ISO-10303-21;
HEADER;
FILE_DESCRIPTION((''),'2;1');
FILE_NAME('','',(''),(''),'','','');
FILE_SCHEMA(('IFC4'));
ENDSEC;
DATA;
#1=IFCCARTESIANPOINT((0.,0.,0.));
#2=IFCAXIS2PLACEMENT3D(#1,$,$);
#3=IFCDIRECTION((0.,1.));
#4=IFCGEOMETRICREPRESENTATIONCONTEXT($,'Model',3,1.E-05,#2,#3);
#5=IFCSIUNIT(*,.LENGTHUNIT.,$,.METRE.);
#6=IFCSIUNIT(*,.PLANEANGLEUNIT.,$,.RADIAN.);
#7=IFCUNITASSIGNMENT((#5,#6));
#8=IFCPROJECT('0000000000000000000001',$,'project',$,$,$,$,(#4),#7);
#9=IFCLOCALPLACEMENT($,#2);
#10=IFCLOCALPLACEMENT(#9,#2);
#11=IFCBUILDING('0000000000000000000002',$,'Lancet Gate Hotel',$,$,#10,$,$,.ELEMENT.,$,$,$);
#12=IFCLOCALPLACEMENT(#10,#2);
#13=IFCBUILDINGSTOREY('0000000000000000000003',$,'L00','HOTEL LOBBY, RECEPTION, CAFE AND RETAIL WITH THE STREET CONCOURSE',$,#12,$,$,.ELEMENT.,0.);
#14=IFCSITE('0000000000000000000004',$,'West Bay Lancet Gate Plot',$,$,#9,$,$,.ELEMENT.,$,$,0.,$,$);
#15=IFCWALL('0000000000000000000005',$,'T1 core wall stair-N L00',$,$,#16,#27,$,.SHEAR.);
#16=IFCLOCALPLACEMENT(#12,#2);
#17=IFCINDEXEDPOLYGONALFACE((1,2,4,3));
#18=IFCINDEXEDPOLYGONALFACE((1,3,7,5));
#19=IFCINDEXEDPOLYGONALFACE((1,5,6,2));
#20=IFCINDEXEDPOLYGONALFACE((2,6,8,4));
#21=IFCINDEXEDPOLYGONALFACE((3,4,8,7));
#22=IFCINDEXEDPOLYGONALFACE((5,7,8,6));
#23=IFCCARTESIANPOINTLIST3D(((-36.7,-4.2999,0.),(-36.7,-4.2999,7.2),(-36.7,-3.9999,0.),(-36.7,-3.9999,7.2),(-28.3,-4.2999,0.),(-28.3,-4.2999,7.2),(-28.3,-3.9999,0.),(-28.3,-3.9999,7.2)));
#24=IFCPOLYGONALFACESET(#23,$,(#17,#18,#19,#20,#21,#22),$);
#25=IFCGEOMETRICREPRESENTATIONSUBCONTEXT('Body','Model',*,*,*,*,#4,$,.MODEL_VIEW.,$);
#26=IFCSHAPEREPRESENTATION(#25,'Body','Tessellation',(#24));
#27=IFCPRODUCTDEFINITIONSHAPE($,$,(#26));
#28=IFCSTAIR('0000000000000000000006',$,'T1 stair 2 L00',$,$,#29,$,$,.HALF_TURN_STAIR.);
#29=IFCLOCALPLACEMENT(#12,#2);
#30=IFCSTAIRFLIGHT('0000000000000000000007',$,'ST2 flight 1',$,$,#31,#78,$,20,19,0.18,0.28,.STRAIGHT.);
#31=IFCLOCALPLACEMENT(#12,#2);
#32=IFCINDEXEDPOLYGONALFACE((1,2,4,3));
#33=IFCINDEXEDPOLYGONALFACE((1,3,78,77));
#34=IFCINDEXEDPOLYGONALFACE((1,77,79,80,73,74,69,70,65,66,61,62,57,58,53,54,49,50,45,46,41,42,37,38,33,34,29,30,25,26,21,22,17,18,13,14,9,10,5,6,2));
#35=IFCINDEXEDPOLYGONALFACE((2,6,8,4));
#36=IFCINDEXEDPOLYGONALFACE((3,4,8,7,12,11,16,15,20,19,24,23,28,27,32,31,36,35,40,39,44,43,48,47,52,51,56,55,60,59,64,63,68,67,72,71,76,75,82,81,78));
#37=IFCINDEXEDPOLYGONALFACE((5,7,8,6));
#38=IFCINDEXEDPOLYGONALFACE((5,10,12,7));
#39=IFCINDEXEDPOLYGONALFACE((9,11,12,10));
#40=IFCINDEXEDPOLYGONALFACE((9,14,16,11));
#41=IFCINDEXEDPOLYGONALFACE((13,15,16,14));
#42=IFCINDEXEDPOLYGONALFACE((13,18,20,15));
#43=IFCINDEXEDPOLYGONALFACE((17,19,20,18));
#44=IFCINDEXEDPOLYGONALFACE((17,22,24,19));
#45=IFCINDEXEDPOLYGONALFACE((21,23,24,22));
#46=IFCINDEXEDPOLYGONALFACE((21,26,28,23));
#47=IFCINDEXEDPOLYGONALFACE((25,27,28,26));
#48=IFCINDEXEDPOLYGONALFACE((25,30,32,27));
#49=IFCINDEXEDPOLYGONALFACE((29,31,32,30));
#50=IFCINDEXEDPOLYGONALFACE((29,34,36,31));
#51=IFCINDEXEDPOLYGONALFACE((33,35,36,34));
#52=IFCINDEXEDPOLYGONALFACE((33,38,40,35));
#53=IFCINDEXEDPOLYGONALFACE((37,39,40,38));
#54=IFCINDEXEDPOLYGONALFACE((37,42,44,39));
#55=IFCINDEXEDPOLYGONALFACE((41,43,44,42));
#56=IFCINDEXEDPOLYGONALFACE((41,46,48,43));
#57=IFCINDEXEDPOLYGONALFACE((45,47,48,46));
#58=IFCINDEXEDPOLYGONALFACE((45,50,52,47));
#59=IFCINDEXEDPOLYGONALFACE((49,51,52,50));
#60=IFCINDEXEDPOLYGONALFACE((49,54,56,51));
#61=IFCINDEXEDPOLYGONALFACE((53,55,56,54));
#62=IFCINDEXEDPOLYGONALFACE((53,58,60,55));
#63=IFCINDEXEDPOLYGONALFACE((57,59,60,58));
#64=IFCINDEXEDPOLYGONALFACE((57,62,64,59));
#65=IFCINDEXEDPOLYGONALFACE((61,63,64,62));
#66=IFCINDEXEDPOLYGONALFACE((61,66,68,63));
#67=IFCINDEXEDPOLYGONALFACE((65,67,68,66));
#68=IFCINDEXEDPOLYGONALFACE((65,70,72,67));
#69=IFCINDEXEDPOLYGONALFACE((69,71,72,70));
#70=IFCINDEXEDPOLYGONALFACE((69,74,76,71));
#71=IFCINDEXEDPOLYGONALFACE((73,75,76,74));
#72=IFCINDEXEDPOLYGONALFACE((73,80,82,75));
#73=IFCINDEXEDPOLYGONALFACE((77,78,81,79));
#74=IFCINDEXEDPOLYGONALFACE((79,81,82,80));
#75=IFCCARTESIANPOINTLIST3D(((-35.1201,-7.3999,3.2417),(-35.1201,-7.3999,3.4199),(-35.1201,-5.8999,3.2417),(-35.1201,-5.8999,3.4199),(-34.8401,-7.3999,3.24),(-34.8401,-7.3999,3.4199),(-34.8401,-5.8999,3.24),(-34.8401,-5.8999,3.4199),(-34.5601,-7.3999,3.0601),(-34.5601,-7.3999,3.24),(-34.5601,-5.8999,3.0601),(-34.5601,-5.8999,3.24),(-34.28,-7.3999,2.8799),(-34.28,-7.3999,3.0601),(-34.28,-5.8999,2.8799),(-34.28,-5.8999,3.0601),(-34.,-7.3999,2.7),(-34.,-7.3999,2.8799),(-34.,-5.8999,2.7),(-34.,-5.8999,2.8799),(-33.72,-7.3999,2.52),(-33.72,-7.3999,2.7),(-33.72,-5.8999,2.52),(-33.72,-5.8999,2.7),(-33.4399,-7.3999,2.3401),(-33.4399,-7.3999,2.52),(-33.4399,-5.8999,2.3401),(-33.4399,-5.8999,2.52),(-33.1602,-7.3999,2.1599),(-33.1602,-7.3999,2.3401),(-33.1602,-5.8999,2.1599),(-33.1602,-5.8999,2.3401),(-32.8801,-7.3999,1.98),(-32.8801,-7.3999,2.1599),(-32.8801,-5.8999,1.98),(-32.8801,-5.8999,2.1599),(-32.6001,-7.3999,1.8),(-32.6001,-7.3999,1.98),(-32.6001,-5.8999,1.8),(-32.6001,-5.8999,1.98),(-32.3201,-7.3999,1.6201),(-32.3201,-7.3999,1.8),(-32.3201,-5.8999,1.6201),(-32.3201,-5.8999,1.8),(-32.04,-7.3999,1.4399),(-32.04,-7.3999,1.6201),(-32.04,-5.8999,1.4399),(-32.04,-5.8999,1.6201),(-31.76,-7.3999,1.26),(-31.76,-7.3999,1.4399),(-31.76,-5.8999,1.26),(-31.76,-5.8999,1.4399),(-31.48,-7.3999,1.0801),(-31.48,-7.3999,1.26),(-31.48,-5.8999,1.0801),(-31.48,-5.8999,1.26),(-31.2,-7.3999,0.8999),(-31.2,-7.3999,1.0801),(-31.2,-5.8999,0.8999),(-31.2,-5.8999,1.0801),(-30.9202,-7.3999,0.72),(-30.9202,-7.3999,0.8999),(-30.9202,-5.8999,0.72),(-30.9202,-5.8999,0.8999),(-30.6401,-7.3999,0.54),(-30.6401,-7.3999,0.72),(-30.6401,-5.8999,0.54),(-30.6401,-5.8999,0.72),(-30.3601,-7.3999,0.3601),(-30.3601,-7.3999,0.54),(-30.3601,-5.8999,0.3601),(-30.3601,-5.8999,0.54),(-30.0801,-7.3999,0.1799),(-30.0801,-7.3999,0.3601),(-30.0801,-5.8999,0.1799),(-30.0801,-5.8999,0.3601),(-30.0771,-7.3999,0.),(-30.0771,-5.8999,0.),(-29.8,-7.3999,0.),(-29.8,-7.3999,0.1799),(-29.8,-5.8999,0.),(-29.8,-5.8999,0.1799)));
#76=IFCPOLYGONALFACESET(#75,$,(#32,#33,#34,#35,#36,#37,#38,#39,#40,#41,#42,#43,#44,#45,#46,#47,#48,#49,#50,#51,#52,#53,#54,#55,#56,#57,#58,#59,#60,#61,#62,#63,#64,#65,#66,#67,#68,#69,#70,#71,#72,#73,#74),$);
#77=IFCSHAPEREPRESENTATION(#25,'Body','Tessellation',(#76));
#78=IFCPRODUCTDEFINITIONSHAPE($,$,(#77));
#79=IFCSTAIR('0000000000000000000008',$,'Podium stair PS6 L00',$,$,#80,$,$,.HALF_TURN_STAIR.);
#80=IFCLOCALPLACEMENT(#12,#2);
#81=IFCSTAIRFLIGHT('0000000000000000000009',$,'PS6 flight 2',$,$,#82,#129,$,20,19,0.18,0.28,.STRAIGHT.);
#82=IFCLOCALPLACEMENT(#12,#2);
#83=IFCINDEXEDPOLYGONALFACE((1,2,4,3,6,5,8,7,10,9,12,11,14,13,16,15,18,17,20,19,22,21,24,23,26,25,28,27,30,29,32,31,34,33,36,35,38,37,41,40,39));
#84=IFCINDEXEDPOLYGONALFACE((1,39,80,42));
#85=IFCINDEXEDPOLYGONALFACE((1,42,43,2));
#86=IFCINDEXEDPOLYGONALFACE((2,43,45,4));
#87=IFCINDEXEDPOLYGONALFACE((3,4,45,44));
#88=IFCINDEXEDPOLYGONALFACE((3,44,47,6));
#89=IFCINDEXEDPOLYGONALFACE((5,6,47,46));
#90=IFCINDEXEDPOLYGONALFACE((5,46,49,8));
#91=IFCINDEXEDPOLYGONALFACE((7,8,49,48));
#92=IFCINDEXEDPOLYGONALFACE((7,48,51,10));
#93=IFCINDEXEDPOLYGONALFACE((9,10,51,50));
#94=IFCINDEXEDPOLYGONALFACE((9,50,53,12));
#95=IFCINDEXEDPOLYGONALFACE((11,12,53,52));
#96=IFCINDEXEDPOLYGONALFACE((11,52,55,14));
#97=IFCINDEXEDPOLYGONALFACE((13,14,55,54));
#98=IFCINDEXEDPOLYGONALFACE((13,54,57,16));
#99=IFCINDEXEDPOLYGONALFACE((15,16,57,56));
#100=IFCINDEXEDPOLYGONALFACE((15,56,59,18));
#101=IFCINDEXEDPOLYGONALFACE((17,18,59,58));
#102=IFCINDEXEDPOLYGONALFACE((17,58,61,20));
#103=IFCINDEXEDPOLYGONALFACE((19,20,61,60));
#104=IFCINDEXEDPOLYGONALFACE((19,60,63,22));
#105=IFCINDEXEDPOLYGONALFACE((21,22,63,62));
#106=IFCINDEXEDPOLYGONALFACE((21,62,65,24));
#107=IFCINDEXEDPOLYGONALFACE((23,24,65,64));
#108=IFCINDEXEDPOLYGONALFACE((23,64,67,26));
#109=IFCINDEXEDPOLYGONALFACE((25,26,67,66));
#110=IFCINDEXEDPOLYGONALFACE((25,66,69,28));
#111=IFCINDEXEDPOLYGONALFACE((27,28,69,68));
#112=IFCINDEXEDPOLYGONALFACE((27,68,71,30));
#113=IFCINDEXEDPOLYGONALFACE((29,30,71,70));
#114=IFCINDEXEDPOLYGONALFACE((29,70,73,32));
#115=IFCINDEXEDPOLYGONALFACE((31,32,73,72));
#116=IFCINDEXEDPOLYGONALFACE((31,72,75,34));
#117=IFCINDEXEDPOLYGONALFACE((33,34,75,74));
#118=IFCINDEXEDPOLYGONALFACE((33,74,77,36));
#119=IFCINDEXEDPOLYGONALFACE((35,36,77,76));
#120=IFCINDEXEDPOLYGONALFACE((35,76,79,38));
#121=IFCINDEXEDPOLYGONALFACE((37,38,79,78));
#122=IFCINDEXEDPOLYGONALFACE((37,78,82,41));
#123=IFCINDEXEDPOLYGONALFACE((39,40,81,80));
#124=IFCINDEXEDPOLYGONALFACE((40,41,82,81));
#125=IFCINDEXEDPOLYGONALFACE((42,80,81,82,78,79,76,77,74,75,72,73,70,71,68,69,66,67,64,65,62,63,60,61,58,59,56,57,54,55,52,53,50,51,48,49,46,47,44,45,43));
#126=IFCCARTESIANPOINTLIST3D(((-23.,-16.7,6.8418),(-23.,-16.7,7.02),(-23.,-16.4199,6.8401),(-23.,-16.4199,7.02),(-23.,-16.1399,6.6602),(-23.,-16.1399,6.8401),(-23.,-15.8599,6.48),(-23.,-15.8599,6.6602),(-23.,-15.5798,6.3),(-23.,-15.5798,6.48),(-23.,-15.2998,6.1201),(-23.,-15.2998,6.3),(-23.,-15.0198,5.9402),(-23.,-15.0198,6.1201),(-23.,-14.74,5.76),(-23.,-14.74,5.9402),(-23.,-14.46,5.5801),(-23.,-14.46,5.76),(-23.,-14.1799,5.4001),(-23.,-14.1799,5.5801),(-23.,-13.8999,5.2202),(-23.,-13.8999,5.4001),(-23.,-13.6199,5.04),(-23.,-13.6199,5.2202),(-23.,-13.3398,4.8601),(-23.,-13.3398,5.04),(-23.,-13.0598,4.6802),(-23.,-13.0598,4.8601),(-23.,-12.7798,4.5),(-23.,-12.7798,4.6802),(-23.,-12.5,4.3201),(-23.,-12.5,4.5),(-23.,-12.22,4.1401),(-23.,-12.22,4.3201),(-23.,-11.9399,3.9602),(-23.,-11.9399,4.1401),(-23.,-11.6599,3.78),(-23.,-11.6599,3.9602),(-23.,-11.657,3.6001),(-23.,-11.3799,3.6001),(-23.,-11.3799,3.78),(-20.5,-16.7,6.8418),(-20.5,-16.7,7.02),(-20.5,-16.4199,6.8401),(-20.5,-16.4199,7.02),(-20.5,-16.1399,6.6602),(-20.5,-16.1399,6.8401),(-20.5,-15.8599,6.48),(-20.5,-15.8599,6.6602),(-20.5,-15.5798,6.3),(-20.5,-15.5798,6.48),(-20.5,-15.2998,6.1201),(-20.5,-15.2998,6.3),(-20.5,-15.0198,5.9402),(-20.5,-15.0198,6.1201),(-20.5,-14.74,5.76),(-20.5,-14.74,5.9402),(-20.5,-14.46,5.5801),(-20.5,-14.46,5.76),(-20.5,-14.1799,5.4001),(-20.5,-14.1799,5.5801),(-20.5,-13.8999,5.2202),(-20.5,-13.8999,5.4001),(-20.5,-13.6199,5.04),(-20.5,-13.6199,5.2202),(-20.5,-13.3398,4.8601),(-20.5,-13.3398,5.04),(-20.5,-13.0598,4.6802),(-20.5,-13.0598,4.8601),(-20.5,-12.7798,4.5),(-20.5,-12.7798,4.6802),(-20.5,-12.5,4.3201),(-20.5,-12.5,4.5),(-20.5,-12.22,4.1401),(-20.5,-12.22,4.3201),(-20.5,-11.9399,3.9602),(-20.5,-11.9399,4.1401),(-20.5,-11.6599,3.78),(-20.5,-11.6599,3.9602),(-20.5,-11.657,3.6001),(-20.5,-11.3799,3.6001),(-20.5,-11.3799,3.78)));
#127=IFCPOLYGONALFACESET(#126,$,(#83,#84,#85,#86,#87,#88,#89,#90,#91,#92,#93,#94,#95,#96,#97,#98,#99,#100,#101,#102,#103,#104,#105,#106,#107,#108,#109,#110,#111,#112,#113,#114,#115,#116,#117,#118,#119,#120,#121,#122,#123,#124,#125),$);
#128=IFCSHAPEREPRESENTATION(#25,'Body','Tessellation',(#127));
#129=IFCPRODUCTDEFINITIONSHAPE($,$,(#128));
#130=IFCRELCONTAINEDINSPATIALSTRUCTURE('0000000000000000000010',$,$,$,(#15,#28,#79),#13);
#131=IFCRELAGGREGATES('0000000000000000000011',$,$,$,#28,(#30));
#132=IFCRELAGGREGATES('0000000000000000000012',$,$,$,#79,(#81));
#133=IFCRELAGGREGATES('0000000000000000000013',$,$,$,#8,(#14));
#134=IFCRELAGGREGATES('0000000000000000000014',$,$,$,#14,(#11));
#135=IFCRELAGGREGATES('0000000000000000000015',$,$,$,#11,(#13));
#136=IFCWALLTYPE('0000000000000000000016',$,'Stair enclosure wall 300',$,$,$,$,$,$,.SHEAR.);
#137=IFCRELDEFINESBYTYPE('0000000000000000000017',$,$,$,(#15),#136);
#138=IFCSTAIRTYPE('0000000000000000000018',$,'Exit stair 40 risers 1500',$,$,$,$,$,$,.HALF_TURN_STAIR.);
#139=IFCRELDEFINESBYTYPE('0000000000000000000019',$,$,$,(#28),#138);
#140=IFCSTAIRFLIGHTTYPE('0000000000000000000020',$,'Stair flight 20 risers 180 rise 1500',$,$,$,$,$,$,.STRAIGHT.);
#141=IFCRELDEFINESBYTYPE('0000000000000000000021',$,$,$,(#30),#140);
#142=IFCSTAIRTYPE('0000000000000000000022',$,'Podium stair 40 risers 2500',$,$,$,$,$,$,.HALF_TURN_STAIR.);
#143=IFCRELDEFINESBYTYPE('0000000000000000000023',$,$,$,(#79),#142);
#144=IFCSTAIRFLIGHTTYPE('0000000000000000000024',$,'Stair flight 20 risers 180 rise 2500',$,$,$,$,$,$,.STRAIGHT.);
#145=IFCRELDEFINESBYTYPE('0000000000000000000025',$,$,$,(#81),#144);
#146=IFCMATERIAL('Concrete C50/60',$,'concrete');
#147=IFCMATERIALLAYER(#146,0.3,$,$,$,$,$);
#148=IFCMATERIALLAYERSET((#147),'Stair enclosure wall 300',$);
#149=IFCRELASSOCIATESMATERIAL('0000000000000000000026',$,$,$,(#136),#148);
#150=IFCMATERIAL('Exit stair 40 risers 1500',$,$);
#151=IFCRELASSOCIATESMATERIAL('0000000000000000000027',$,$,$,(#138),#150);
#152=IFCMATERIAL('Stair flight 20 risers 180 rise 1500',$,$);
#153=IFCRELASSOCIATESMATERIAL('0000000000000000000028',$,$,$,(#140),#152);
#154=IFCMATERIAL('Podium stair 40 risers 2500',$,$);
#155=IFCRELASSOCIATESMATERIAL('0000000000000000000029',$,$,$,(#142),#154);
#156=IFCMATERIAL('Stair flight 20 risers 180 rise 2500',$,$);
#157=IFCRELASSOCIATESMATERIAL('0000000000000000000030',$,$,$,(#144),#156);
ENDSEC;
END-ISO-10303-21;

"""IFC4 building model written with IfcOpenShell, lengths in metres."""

from ifc_helpers import new_model, si_unit, direction, frame, frame_2d, origin, place, context, subcontext, project, spatial, polyline, rectangle, outline, extrude, material, layer, layer_set, type_object, element, aggregate, save


model = new_model("IFC4")

# Units and contexts
model_context = context("Model", 3, precision=1e-05, world=origin(), true_north=direction((0.0, 1.0)))
body_context = subcontext(model_context, "Body", "Model", "MODEL_VIEW")
ifc_project = project(units=[si_unit("LENGTHUNIT", "METRE"), si_unit("PLANEANGLEUNIT", "RADIAN")], contexts=[model_context])

# Site, building, storey
site_placement = place(None, origin())
site = spatial("IfcSite", under=ifc_project, at=site_placement, Name="West Bay Lancet Gate Plot", CompositionType="ELEMENT", RefElevation=0.0)
building_placement = place(site_placement, origin())
building = spatial("IfcBuilding", under=site, at=building_placement, Name="Lancet Gate Hotel", CompositionType="ELEMENT")
storey_placement = place(building_placement, origin())
storey = spatial("IfcBuildingStorey", under=building, at=storey_placement, Name="L00", Description="HOTEL LOBBY, RECEPTION, CAFE AND RETAIL WITH THE STREET CONCOURSE", CompositionType="ELEMENT", Elevation=0.0)

# Wall
ifc_material_1 = material(Name="Concrete C50/60", Category="concrete")
ifc_layer_1 = layer(ifc_material_1, 0.3)
ifc_layer_set_1 = layer_set([ifc_layer_1], Name="Stair enclosure wall 300")
wall_type_1 = type_object("IfcWallType", Name="Stair enclosure wall 300", PredefinedType="SHEAR", material=ifc_layer_set_1)
wall_1_placement = place(storey_placement, frame((-28.3, -4.1499, 0.0), z_axis=(0.0, 0.0, 1.0), x_axis=(-1.0, 0.0, 0.0)))
element("IfcWall", 1, at=wall_1_placement, inside=storey, type_object=wall_type_1, Name="T1 core wall stair-N L00", PredefinedType="SHEAR", context=body_context, shape_type="SweptSolid", body=[
    extrude(rectangle(XDim=8.3999, YDim=0.3, at=frame_2d((4.2, 0.0))), origin(), (0.0, 0.0, 1.0), 7.2),
])

# Stairs, stair flights
ifc_material_2 = material(Name="Exit stair 40 risers 1500")
stair_type_1 = type_object("IfcStairType", Name="Exit stair 40 risers 1500", PredefinedType="HALF_TURN_STAIR", material=ifc_material_2)
stair_1_placement = place(storey_placement, origin())
stair_1 = element("IfcStair", 2, at=stair_1_placement, inside=storey, type_object=stair_type_1, Name="T1 stair 2 L00", PredefinedType="HALF_TURN_STAIR")
ifc_material_3 = material(Name="Stair flight 20 risers 180 rise 1500")
stair_flight_type_1 = type_object("IfcStairFlightType", Name="Stair flight 20 risers 180 rise 1500", PredefinedType="STRAIGHT", material=ifc_material_3)
stair_flight_1_placement = place(storey_placement, frame((-29.8, -6.6499, 0.0), z_axis=(0.0, 0.0, 1.0), x_axis=(-1.0, 0.0, 0.0)))
stair_flight_1 = element("IfcStairFlight", 3, at=stair_flight_1_placement, type_object=stair_flight_type_1, Name="ST2 flight 1", NumberOfRisers=20, NumberOfTreads=19, PredefinedType="STRAIGHT", RiserHeight=0.18, TreadLength=0.28, context=body_context, shape_type="SweptSolid", body=[
    extrude(outline(polyline([(0.0, 0.0), (0.0, 0.1799), (0.28, 0.1799), (0.28, 0.3601), (0.5601, 0.3601), (0.5601, 0.54), (0.8401, 0.54), (0.8401, 0.72), (1.1201, 0.72), (1.1201, 0.8999), (1.3999, 0.8999), (1.3999, 1.0801), (1.6799, 1.0801), (1.6799, 1.26), (1.96, 1.26), (1.96, 1.4399), (2.24, 1.4399), (2.24, 1.6201), (2.52, 1.6201), (2.52, 1.8), (2.8, 1.8), (2.8, 1.98), (3.0801, 1.98), (3.0801, 2.1599), (3.3601, 2.1599), (3.3601, 2.3401), (3.6399, 2.3401), (3.6399, 2.52), (3.9199, 2.52), (3.9199, 2.7), (4.2, 2.7), (4.2, 2.8799), (4.48, 2.8799), (4.48, 3.0601), (4.76, 3.0601), (4.76, 3.24), (5.04, 3.24), (5.04, 3.4199), (5.3201, 3.4199), (5.3201, 3.6001), (5.3201, 3.2417), (0.2771, 0.0), (0.0, 0.0)])), frame((0.0, 0.75, 0.0), z_axis=(0.0, -1.0, 0.0), x_axis=(1.0, 0.0, 0.0)), (0.0, 0.0, 1.0), 1.5),
])
aggregate(stair_1, [stair_flight_1])
ifc_material_4 = material(Name="Podium stair 40 risers 2500")
stair_type_2 = type_object("IfcStairType", Name="Podium stair 40 risers 2500", PredefinedType="HALF_TURN_STAIR", material=ifc_material_4)
stair_2_placement = place(storey_placement, origin())
stair_2 = element("IfcStair", 4, at=stair_2_placement, inside=storey, type_object=stair_type_2, Name="Podium stair PS6 L00", PredefinedType="HALF_TURN_STAIR")
ifc_material_5 = material(Name="Stair flight 20 risers 180 rise 2500")
stair_flight_type_2 = type_object("IfcStairFlightType", Name="Stair flight 20 risers 180 rise 2500", PredefinedType="STRAIGHT", material=ifc_material_5)
stair_flight_2_placement = place(storey_placement, frame((-21.75, -11.3799, 3.6001), z_axis=(0.0, 0.0, 1.0), x_axis=(0.0, -1.0, 0.0)))
stair_flight_2 = element("IfcStairFlight", 5, at=stair_flight_2_placement, type_object=stair_flight_type_2, Name="PS6 flight 2", NumberOfRisers=20, NumberOfTreads=19, PredefinedType="STRAIGHT", RiserHeight=0.18, TreadLength=0.28, context=body_context, shape_type="SweptSolid", body=[
    extrude(outline(polyline([(0.0, 0.0), (0.0, 0.1799), (0.28, 0.1799), (0.28, 0.3601), (0.5601, 0.3601), (0.5601, 0.54), (0.8401, 0.54), (0.8401, 0.72), (1.1201, 0.72), (1.1201, 0.8999), (1.3999, 0.8999), (1.3999, 1.0801), (1.6799, 1.0801), (1.6799, 1.26), (1.96, 1.26), (1.96, 1.4399), (2.24, 1.4399), (2.24, 1.6201), (2.52, 1.6201), (2.52, 1.8), (2.8, 1.8), (2.8, 1.98), (3.0801, 1.98), (3.0801, 2.1599), (3.3601, 2.1599), (3.3601, 2.3401), (3.6399, 2.3401), (3.6399, 2.52), (3.9199, 2.52), (3.9199, 2.7), (4.2, 2.7), (4.2, 2.8799), (4.48, 2.8799), (4.48, 3.0601), (4.76, 3.0601), (4.76, 3.24), (5.04, 3.24), (5.04, 3.4199), (5.3201, 3.4199), (5.3201, 3.6001), (5.3201, 3.2417), (0.2771, 0.0), (0.0, 0.0)])), frame((0.0, 1.25, 0.0), z_axis=(0.0, -1.0, 0.0), x_axis=(1.0, 0.0, 0.0)), (0.0, 0.0, 1.0), 2.5),
])
aggregate(stair_2, [stair_flight_2])

save(model, "model.ifc")
